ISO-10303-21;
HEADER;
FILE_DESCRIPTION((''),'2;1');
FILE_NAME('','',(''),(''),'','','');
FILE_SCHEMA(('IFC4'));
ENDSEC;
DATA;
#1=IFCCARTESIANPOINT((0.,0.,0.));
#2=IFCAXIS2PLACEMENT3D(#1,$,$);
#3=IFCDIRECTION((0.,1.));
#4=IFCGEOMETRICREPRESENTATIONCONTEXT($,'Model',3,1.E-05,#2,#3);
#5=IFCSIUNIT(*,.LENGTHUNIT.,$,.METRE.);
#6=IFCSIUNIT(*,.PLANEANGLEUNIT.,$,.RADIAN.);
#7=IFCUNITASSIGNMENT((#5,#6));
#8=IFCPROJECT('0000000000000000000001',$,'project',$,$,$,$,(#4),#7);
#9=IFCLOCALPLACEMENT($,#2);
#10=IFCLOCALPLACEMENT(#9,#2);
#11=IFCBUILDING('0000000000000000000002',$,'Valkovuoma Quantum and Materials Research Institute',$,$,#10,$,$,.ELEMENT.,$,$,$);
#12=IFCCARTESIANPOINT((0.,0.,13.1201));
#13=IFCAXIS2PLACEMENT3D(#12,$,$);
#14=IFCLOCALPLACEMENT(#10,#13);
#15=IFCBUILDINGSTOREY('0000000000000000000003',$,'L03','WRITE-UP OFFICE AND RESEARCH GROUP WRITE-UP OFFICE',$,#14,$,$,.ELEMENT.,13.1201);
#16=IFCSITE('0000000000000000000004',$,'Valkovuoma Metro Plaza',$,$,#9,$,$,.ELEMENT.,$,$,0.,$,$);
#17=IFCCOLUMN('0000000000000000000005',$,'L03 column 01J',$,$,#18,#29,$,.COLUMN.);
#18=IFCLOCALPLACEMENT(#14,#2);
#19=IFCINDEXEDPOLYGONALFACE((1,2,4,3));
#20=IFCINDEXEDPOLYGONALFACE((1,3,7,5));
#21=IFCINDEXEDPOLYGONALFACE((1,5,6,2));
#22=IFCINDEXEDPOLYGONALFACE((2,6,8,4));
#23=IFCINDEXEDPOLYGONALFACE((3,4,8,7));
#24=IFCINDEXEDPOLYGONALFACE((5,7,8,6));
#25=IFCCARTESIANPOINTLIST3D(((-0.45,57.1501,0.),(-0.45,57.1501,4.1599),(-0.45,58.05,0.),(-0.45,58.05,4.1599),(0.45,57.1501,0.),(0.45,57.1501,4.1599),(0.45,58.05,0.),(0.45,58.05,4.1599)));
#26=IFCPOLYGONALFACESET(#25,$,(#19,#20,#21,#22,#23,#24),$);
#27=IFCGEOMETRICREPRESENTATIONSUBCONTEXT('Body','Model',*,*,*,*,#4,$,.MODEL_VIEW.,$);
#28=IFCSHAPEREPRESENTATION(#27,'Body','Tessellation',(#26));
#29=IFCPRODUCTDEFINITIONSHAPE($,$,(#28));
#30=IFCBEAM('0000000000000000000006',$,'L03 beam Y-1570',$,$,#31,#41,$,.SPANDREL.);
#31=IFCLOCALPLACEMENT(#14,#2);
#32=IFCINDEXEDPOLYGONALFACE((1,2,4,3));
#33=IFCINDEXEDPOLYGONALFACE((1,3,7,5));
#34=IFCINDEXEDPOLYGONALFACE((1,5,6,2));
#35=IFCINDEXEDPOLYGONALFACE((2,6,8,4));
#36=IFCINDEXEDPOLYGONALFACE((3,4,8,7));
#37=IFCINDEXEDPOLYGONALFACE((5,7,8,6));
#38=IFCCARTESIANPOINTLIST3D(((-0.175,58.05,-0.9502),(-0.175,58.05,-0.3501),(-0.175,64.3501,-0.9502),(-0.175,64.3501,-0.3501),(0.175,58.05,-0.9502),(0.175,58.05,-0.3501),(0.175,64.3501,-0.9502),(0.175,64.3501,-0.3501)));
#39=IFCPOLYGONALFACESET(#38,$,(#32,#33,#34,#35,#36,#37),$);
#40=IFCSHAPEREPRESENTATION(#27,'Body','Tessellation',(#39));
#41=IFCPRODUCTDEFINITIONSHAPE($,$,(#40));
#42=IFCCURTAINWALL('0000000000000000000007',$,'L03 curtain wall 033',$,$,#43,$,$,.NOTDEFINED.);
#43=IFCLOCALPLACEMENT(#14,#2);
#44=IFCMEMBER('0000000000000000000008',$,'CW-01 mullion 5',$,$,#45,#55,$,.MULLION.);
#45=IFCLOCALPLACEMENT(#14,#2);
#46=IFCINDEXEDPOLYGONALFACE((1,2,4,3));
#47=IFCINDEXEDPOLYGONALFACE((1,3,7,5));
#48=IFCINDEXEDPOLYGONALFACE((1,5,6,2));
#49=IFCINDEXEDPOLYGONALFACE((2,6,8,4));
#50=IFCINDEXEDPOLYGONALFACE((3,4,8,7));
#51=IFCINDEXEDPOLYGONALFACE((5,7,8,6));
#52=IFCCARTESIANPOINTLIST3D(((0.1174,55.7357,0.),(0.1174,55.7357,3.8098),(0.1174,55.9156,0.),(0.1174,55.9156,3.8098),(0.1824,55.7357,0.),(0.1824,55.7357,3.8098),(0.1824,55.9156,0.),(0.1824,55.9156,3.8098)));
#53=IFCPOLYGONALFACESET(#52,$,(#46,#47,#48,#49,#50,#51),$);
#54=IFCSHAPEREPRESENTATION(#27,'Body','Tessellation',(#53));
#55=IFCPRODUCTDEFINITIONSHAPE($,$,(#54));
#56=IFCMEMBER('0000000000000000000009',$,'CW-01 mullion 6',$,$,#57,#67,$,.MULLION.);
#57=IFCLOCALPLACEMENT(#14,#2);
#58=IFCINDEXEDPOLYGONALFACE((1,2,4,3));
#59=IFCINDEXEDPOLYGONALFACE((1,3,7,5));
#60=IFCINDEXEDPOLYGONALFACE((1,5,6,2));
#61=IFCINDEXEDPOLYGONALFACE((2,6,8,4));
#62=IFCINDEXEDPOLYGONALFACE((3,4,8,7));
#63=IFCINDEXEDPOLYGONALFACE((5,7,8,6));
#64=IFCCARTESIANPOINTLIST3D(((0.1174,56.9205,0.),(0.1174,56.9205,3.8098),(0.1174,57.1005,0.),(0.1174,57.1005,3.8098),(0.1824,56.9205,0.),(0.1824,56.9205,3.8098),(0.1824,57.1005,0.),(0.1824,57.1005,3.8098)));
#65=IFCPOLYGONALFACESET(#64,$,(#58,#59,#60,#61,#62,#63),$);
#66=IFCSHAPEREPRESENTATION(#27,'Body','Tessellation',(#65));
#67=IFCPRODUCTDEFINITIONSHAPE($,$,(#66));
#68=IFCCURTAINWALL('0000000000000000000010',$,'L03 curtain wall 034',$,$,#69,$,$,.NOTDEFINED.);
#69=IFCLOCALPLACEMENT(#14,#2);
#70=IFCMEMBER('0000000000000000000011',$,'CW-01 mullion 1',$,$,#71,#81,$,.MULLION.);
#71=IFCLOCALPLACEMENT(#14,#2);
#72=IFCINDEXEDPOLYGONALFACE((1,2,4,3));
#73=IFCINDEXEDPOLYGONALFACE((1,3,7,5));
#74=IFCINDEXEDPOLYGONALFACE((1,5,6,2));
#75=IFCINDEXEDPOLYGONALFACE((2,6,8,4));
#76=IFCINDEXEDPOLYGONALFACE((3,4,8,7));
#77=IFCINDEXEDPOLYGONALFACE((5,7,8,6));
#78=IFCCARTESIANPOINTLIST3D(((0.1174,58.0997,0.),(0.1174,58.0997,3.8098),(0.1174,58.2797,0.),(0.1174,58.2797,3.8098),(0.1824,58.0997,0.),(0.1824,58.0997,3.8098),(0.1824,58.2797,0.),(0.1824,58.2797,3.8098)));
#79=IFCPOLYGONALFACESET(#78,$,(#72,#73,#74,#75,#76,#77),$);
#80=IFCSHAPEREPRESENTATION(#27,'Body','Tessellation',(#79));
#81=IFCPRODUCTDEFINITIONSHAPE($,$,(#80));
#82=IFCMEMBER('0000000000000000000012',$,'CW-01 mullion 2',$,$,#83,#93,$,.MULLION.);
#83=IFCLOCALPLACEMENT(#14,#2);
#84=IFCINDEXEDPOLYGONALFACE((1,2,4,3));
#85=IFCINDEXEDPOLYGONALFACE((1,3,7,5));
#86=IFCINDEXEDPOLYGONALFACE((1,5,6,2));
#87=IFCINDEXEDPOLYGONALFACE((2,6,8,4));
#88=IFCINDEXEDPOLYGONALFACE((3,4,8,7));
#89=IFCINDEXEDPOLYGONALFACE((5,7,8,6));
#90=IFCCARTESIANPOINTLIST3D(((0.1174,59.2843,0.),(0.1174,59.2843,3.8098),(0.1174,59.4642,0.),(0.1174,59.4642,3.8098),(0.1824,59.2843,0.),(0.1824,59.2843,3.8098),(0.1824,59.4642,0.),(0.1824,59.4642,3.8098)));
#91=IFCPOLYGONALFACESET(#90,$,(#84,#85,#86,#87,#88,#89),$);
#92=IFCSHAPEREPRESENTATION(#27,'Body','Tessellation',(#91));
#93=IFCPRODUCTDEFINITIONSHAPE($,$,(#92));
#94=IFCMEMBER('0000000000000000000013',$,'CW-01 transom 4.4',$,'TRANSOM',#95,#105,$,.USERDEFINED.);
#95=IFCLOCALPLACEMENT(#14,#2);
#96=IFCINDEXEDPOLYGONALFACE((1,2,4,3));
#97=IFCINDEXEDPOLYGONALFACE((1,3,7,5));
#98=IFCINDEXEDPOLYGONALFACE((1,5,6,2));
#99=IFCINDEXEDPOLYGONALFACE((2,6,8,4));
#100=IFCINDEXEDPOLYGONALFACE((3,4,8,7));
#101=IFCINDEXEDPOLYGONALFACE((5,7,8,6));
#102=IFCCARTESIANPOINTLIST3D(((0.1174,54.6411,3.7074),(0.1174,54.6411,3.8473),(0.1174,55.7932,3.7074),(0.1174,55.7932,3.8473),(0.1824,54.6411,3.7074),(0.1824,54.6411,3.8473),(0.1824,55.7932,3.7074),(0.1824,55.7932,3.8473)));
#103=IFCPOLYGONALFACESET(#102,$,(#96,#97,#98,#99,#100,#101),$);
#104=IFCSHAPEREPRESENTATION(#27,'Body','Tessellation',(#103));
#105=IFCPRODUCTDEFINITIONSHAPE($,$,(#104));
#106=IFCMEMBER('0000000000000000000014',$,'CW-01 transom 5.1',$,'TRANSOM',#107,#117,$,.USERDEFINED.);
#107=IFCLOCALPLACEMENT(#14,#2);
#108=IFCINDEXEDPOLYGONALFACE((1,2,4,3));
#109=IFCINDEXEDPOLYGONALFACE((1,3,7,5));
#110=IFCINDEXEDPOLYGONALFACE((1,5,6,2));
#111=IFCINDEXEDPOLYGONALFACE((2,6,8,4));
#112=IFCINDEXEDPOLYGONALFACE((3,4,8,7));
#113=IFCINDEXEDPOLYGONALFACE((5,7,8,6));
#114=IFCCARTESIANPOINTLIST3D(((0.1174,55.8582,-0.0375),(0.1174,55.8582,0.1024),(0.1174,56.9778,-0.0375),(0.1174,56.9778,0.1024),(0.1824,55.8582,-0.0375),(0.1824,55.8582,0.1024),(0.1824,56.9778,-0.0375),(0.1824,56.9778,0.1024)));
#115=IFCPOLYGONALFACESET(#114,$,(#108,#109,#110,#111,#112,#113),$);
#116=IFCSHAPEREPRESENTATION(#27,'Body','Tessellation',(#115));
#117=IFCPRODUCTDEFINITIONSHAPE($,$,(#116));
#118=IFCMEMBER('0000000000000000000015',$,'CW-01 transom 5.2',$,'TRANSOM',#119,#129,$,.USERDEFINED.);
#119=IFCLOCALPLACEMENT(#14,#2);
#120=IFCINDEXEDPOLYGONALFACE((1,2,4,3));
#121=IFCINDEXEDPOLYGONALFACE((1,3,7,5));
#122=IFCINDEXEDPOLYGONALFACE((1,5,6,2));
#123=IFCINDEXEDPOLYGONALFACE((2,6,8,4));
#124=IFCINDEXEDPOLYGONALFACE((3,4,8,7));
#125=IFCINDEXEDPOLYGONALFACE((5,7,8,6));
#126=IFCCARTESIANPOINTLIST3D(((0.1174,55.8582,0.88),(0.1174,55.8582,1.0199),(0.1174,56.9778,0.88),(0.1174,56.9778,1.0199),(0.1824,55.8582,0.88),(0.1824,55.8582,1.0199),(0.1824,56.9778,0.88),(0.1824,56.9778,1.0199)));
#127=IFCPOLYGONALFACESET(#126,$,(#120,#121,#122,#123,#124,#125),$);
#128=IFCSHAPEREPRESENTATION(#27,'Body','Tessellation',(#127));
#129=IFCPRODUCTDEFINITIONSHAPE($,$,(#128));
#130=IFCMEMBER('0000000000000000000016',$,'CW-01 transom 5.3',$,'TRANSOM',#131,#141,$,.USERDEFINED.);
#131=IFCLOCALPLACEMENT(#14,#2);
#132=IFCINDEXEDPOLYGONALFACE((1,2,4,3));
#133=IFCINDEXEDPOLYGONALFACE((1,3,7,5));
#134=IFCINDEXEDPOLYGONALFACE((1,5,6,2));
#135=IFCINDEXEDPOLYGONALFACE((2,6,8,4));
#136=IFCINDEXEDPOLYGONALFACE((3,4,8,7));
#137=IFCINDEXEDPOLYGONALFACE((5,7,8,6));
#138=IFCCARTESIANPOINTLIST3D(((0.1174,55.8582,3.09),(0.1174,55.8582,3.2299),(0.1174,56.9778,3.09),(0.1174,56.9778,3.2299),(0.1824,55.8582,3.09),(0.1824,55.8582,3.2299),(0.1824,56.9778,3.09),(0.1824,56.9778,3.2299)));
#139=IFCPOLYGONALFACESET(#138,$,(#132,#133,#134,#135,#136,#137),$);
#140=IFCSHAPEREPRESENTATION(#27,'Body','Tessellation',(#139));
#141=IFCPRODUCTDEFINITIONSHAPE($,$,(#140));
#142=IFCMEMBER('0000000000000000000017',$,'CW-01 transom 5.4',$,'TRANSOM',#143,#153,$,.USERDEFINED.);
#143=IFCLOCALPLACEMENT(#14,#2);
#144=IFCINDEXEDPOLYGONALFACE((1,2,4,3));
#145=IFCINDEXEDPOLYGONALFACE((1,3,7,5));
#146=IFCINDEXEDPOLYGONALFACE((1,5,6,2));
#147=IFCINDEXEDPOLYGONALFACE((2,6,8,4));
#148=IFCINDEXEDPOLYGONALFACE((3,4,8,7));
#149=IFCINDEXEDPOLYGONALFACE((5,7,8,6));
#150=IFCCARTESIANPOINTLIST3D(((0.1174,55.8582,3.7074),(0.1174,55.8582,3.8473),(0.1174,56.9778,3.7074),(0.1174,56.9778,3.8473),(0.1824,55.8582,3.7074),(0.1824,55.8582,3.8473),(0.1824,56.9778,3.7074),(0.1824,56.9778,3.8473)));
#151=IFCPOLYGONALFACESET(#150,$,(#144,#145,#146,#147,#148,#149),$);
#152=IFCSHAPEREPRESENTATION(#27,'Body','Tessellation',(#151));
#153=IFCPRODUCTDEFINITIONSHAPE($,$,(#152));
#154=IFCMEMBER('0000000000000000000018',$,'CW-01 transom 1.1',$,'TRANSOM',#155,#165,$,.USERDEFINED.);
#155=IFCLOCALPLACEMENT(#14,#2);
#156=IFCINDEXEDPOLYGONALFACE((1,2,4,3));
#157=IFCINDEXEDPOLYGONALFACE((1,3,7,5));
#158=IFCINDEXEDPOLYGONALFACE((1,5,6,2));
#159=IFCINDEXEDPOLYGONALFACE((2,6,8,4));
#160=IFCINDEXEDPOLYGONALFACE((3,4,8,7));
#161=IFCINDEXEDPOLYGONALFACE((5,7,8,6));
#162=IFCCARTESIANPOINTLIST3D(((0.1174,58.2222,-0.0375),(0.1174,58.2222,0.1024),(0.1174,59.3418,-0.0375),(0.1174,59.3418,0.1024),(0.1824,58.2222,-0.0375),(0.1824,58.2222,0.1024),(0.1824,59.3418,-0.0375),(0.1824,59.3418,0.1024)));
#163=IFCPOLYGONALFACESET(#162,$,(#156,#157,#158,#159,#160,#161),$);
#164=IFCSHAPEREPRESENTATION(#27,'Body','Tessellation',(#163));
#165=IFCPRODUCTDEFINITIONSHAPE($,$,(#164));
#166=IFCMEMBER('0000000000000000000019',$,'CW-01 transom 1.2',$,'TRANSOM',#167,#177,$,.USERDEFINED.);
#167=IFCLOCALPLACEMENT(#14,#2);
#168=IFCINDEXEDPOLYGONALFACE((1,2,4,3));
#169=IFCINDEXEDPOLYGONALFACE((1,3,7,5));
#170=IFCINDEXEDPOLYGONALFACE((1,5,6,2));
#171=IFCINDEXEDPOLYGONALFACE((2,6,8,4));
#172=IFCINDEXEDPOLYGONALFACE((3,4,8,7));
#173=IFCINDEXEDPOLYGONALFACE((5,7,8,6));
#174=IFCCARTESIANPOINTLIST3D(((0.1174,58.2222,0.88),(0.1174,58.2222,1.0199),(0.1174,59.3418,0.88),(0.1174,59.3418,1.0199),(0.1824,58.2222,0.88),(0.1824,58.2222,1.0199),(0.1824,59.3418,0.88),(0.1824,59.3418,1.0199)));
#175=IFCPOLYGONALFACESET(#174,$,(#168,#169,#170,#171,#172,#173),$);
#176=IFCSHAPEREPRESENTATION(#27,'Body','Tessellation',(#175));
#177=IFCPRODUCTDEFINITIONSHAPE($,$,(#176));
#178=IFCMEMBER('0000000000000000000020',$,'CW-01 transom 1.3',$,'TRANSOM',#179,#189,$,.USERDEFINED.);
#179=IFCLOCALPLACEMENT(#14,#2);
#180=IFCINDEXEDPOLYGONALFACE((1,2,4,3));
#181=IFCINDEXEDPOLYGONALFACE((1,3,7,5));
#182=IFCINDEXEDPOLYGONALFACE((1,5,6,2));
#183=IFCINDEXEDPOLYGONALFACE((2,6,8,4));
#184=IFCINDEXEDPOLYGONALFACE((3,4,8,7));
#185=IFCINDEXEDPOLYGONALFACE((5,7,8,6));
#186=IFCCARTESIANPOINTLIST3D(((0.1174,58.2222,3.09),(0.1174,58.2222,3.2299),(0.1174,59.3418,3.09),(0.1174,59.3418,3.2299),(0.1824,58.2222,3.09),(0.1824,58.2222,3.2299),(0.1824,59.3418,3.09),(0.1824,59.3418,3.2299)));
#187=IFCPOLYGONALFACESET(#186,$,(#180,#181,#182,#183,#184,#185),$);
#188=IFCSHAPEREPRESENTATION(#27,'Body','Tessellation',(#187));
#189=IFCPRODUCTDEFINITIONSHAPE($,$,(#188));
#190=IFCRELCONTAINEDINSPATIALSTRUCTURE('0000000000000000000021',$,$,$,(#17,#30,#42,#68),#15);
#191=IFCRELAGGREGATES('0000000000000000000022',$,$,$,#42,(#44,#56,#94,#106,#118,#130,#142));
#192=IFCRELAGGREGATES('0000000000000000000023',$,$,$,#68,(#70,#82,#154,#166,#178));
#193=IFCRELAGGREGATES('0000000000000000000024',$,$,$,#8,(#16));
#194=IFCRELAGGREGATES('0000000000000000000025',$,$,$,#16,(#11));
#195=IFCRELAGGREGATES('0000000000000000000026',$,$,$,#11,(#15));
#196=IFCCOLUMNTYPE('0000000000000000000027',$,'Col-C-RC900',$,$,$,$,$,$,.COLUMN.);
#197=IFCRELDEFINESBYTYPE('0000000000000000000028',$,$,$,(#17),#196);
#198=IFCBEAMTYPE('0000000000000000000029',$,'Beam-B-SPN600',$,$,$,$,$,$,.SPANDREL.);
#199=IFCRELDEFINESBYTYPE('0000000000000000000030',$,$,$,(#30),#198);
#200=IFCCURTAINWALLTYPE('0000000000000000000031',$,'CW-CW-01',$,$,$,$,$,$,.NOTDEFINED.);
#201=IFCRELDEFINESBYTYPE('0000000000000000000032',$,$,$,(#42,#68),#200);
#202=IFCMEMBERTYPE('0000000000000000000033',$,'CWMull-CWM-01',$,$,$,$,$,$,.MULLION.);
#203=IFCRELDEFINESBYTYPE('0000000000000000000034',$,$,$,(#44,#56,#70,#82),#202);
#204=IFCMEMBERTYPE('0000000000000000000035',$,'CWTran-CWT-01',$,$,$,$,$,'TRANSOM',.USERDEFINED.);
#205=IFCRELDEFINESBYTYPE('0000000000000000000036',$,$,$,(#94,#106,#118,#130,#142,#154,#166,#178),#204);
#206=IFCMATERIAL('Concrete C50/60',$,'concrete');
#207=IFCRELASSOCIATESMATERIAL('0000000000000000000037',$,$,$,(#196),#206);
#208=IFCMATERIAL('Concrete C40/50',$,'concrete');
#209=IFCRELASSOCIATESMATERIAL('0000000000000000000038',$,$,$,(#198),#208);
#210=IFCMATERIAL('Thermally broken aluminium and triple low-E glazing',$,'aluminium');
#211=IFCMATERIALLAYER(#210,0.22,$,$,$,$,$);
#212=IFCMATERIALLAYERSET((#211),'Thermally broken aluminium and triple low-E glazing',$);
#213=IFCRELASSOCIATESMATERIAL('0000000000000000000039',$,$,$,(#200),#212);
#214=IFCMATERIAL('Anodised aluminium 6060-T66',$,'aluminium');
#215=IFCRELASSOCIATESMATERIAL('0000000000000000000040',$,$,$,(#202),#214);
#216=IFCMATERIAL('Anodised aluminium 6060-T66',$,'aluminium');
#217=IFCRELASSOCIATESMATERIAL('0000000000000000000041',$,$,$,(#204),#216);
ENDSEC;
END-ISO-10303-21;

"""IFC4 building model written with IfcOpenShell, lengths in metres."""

from ifc_helpers import new_model, si_unit, direction, frame, origin, origin_2d, place, context, subcontext, project, spatial, rectangle, extrude, material, layer, layer_set, material_profile, profile_set, type_object, element, aggregate, save


model = new_model("IFC4")

# Units and contexts
model_context = context("Model", 3, precision=1e-05, world=origin(), true_north=direction((0.0, 1.0)))
body_context = subcontext(model_context, "Body", "Model", "MODEL_VIEW")
ifc_project = project(units=[si_unit("LENGTHUNIT", "METRE"), si_unit("PLANEANGLEUNIT", "RADIAN")], contexts=[model_context])

# Site, building, storey
site_placement = place(None, origin())
site = spatial("IfcSite", under=ifc_project, at=site_placement, Name="Valkovuoma Metro Plaza", CompositionType="ELEMENT", RefElevation=0.0)
building_placement = place(site_placement, origin())
building = spatial("IfcBuilding", under=site, at=building_placement, Name="Valkovuoma Quantum and Materials Research Institute", CompositionType="ELEMENT")
storey_placement = place(building_placement, frame((0.0, 0.0, 13.1201)))
storey = spatial("IfcBuildingStorey", under=building, at=storey_placement, Name="L03", Description="WRITE-UP OFFICE AND RESEARCH GROUP WRITE-UP OFFICE", CompositionType="ELEMENT", Elevation=13.1201)

# Column
ifc_material_1 = material(Name="Concrete C50/60", Category="concrete")
ifc_material_profile_1 = material_profile(ifc_material_1, rectangle(XDim=0.8999, YDim=0.8999, at=origin_2d()), Name="Concrete C50/60")
ifc_profile_set_1 = profile_set([ifc_material_profile_1], Name="Concrete C50/60")
column_type = type_object("IfcColumnType", Name="Col-C-RC900", PredefinedType="COLUMN", material=ifc_profile_set_1)
column_placement = place(storey_placement, frame((0.0, 57.6001, 0.0), z_axis=(0.0, 0.0, 1.0), x_axis=(1.0, 0.0, 0.0)))
element("IfcColumn", 1, at=column_placement, inside=storey, type_object=column_type, Name="L03 column 01J", PredefinedType="COLUMN", context=body_context, shape_type="SweptSolid", body=[
    extrude(rectangle(XDim=0.8999, YDim=0.8999, at=origin_2d()), origin(), (0.0, 0.0, 1.0), 4.1599),
])

# Beam
ifc_material_2 = material(Name="Concrete C40/50", Category="concrete")
ifc_material_profile_2 = material_profile(ifc_material_2, rectangle(XDim=0.3501, YDim=0.6001, at=origin_2d()), Name="Concrete C40/50")
ifc_profile_set_2 = profile_set([ifc_material_profile_2], Name="Concrete C40/50")
beam_type = type_object("IfcBeamType", Name="Beam-B-SPN600", PredefinedType="SPANDREL", material=ifc_profile_set_2)
beam_placement = place(storey_placement, frame((0.0, 58.05, -0.6501), z_axis=(0.0, 1.0, 0.0), x_axis=(-1.0, 0.0, 0.0)))
element("IfcBeam", 2, at=beam_placement, inside=storey, type_object=beam_type, Name="L03 beam Y-1570", PredefinedType="SPANDREL", context=body_context, shape_type="SweptSolid", body=[
    extrude(rectangle(XDim=0.3501, YDim=0.6001, at=origin_2d()), origin(), (0.0, 0.0, 1.0), 6.3),
])

# Curtain walls, members
ifc_material_3 = material(Name="Thermally broken aluminium and triple low-E glazing", Category="aluminium")
ifc_layer_1 = layer(ifc_material_3, 0.22)
ifc_layer_set_1 = layer_set([ifc_layer_1], Name="Thermally broken aluminium and triple low-E glazing")
curtain_wall_type = type_object("IfcCurtainWallType", Name="CW-CW-01", PredefinedType="NOTDEFINED", material=ifc_layer_set_1)
curtain_wall_1_placement = place(storey_placement, origin())
curtain_wall_1 = element("IfcCurtainWall", 3, at=curtain_wall_1_placement, inside=storey, type_object=curtain_wall_type, Name="L03 curtain wall 033", PredefinedType="NOTDEFINED")
ifc_material_4 = material(Name="Anodised aluminium 6060-T66", Category="aluminium")
ifc_material_profile_3 = material_profile(ifc_material_4, rectangle(XDim=0.0649, YDim=0.1799, at=origin_2d()), Name="Anodised aluminium 6060-T66")
ifc_profile_set_3 = profile_set([ifc_material_profile_3], Name="Anodised aluminium 6060-T66")
member_type_1 = type_object("IfcMemberType", Name="CWMull-CWM-01", PredefinedType="MULLION", material=ifc_profile_set_3)
member_1_placement = place(storey_placement, frame((0.1499, 55.8257, 0.0), z_axis=(0.0, 0.0, 1.0), x_axis=(-1.0, 0.0, 0.0)))
member_1 = element("IfcMember", 4, at=member_1_placement, type_object=member_type_1, Name="CW-01 mullion 5", PredefinedType="MULLION", context=body_context, shape_type="SweptSolid", body=[
    extrude(rectangle(XDim=0.0649, YDim=0.1799, at=origin_2d()), origin(), (0.0, 0.0, 1.0), 3.8098),
])
member_2_placement = place(storey_placement, frame((0.1499, 57.0105, 0.0), z_axis=(0.0, 0.0, 1.0), x_axis=(-1.0, 0.0, 0.0)))
member_2 = element("IfcMember", 5, at=member_2_placement, type_object=member_type_1, Name="CW-01 mullion 6", PredefinedType="MULLION", context=body_context, shape_type="SweptSolid", body=[
    extrude(rectangle(XDim=0.0649, YDim=0.1799, at=origin_2d()), origin(), (0.0, 0.0, 1.0), 3.8098),
])
curtain_wall_2_placement = place(storey_placement, origin())
curtain_wall_2 = element("IfcCurtainWall", 6, at=curtain_wall_2_placement, inside=storey, type_object=curtain_wall_type, Name="L03 curtain wall 034", PredefinedType="NOTDEFINED")
member_3_placement = place(storey_placement, frame((0.1499, 58.1897, 0.0), z_axis=(0.0, 0.0, 1.0), x_axis=(-1.0, 0.0, 0.0)))
member_3 = element("IfcMember", 7, at=member_3_placement, type_object=member_type_1, Name="CW-01 mullion 1", PredefinedType="MULLION", context=body_context, shape_type="SweptSolid", body=[
    extrude(rectangle(XDim=0.0649, YDim=0.1799, at=origin_2d()), origin(), (0.0, 0.0, 1.0), 3.8098),
])
member_4_placement = place(storey_placement, frame((0.1499, 59.3743, 0.0), z_axis=(0.0, 0.0, 1.0), x_axis=(-1.0, 0.0, 0.0)))
member_4 = element("IfcMember", 8, at=member_4_placement, type_object=member_type_1, Name="CW-01 mullion 2", PredefinedType="MULLION", context=body_context, shape_type="SweptSolid", body=[
    extrude(rectangle(XDim=0.0649, YDim=0.1799, at=origin_2d()), origin(), (0.0, 0.0, 1.0), 3.8098),
])

# Members
ifc_material_5 = material(Name="Anodised aluminium 6060-T66", Category="aluminium")
ifc_material_profile_4 = material_profile(ifc_material_5, rectangle(XDim=0.0649, YDim=0.1399, at=origin_2d()), Name="Anodised aluminium 6060-T66")
ifc_profile_set_4 = profile_set([ifc_material_profile_4], Name="Anodised aluminium 6060-T66")
member_type_2 = type_object("IfcMemberType", Name="CWTran-CWT-01", ElementType="TRANSOM", PredefinedType="USERDEFINED", material=ifc_profile_set_4)
member_5_placement = place(storey_placement, frame((0.1499, 54.6411, 3.7773), z_axis=(0.0, 1.0, 0.0), x_axis=(-1.0, 0.0, 0.0)))
member_5 = element("IfcMember", 9, at=member_5_placement, type_object=member_type_2, Name="CW-01 transom 4.4", ObjectType="TRANSOM", PredefinedType="USERDEFINED", context=body_context, shape_type="SweptSolid", body=[
    extrude(rectangle(XDim=0.0649, YDim=0.1399, at=origin_2d()), origin(), (0.0, 0.0, 1.0), 1.1521),
])
member_6_placement = place(storey_placement, frame((0.1499, 55.8582, 0.0325), z_axis=(0.0, 1.0, 0.0), x_axis=(-1.0, 0.0, 0.0)))
member_6 = element("IfcMember", 10, at=member_6_placement, type_object=member_type_2, Name="CW-01 transom 5.1", ObjectType="TRANSOM", PredefinedType="USERDEFINED", context=body_context, shape_type="SweptSolid", body=[
    extrude(rectangle(XDim=0.0649, YDim=0.1399, at=origin_2d()), origin(), (0.0, 0.0, 1.0), 1.1196),
])
member_7_placement = place(storey_placement, frame((0.1499, 55.8582, 0.95), z_axis=(0.0, 1.0, 0.0), x_axis=(-1.0, 0.0, 0.0)))
member_7 = element("IfcMember", 11, at=member_7_placement, type_object=member_type_2, Name="CW-01 transom 5.2", ObjectType="TRANSOM", PredefinedType="USERDEFINED", context=body_context, shape_type="SweptSolid", body=[
    extrude(rectangle(XDim=0.0649, YDim=0.1399, at=origin_2d()), origin(), (0.0, 0.0, 1.0), 1.1196),
])
member_8_placement = place(storey_placement, frame((0.1499, 55.8582, 3.1599), z_axis=(0.0, 1.0, 0.0), x_axis=(-1.0, 0.0, 0.0)))
member_8 = element("IfcMember", 12, at=member_8_placement, type_object=member_type_2, Name="CW-01 transom 5.3", ObjectType="TRANSOM", PredefinedType="USERDEFINED", context=body_context, shape_type="SweptSolid", body=[
    extrude(rectangle(XDim=0.0649, YDim=0.1399, at=origin_2d()), origin(), (0.0, 0.0, 1.0), 1.1196),
])
member_9_placement = place(storey_placement, frame((0.1499, 55.8582, 3.7773), z_axis=(0.0, 1.0, 0.0), x_axis=(-1.0, 0.0, 0.0)))
member_9 = element("IfcMember", 13, at=member_9_placement, type_object=member_type_2, Name="CW-01 transom 5.4", ObjectType="TRANSOM", PredefinedType="USERDEFINED", context=body_context, shape_type="SweptSolid", body=[
    extrude(rectangle(XDim=0.0649, YDim=0.1399, at=origin_2d()), origin(), (0.0, 0.0, 1.0), 1.1196),
])
member_10_placement = place(storey_placement, frame((0.1499, 58.2222, 0.0325), z_axis=(0.0, 1.0, 0.0), x_axis=(-1.0, 0.0, 0.0)))
member_10 = element("IfcMember", 14, at=member_10_placement, type_object=member_type_2, Name="CW-01 transom 1.1", ObjectType="TRANSOM", PredefinedType="USERDEFINED", context=body_context, shape_type="SweptSolid", body=[
    extrude(rectangle(XDim=0.0649, YDim=0.1399, at=origin_2d()), origin(), (0.0, 0.0, 1.0), 1.1196),
])
member_11_placement = place(storey_placement, frame((0.1499, 58.2222, 0.95), z_axis=(0.0, 1.0, 0.0), x_axis=(-1.0, 0.0, 0.0)))
member_11 = element("IfcMember", 15, at=member_11_placement, type_object=member_type_2, Name="CW-01 transom 1.2", ObjectType="TRANSOM", PredefinedType="USERDEFINED", context=body_context, shape_type="SweptSolid", body=[
    extrude(rectangle(XDim=0.0649, YDim=0.1399, at=origin_2d()), origin(), (0.0, 0.0, 1.0), 1.1196),
])
member_12_placement = place(storey_placement, frame((0.1499, 58.2222, 3.1599), z_axis=(0.0, 1.0, 0.0), x_axis=(-1.0, 0.0, 0.0)))
member_12 = element("IfcMember", 16, at=member_12_placement, type_object=member_type_2, Name="CW-01 transom 1.3", ObjectType="TRANSOM", PredefinedType="USERDEFINED", context=body_context, shape_type="SweptSolid", body=[
    extrude(rectangle(XDim=0.0649, YDim=0.1399, at=origin_2d()), origin(), (0.0, 0.0, 1.0), 1.1196),
])

aggregate(curtain_wall_1, [member_1, member_2, member_5, member_6, member_7, member_8, member_9])
aggregate(curtain_wall_2, [member_3, member_4, member_10, member_11, member_12])

save(model, "model.ifc")
